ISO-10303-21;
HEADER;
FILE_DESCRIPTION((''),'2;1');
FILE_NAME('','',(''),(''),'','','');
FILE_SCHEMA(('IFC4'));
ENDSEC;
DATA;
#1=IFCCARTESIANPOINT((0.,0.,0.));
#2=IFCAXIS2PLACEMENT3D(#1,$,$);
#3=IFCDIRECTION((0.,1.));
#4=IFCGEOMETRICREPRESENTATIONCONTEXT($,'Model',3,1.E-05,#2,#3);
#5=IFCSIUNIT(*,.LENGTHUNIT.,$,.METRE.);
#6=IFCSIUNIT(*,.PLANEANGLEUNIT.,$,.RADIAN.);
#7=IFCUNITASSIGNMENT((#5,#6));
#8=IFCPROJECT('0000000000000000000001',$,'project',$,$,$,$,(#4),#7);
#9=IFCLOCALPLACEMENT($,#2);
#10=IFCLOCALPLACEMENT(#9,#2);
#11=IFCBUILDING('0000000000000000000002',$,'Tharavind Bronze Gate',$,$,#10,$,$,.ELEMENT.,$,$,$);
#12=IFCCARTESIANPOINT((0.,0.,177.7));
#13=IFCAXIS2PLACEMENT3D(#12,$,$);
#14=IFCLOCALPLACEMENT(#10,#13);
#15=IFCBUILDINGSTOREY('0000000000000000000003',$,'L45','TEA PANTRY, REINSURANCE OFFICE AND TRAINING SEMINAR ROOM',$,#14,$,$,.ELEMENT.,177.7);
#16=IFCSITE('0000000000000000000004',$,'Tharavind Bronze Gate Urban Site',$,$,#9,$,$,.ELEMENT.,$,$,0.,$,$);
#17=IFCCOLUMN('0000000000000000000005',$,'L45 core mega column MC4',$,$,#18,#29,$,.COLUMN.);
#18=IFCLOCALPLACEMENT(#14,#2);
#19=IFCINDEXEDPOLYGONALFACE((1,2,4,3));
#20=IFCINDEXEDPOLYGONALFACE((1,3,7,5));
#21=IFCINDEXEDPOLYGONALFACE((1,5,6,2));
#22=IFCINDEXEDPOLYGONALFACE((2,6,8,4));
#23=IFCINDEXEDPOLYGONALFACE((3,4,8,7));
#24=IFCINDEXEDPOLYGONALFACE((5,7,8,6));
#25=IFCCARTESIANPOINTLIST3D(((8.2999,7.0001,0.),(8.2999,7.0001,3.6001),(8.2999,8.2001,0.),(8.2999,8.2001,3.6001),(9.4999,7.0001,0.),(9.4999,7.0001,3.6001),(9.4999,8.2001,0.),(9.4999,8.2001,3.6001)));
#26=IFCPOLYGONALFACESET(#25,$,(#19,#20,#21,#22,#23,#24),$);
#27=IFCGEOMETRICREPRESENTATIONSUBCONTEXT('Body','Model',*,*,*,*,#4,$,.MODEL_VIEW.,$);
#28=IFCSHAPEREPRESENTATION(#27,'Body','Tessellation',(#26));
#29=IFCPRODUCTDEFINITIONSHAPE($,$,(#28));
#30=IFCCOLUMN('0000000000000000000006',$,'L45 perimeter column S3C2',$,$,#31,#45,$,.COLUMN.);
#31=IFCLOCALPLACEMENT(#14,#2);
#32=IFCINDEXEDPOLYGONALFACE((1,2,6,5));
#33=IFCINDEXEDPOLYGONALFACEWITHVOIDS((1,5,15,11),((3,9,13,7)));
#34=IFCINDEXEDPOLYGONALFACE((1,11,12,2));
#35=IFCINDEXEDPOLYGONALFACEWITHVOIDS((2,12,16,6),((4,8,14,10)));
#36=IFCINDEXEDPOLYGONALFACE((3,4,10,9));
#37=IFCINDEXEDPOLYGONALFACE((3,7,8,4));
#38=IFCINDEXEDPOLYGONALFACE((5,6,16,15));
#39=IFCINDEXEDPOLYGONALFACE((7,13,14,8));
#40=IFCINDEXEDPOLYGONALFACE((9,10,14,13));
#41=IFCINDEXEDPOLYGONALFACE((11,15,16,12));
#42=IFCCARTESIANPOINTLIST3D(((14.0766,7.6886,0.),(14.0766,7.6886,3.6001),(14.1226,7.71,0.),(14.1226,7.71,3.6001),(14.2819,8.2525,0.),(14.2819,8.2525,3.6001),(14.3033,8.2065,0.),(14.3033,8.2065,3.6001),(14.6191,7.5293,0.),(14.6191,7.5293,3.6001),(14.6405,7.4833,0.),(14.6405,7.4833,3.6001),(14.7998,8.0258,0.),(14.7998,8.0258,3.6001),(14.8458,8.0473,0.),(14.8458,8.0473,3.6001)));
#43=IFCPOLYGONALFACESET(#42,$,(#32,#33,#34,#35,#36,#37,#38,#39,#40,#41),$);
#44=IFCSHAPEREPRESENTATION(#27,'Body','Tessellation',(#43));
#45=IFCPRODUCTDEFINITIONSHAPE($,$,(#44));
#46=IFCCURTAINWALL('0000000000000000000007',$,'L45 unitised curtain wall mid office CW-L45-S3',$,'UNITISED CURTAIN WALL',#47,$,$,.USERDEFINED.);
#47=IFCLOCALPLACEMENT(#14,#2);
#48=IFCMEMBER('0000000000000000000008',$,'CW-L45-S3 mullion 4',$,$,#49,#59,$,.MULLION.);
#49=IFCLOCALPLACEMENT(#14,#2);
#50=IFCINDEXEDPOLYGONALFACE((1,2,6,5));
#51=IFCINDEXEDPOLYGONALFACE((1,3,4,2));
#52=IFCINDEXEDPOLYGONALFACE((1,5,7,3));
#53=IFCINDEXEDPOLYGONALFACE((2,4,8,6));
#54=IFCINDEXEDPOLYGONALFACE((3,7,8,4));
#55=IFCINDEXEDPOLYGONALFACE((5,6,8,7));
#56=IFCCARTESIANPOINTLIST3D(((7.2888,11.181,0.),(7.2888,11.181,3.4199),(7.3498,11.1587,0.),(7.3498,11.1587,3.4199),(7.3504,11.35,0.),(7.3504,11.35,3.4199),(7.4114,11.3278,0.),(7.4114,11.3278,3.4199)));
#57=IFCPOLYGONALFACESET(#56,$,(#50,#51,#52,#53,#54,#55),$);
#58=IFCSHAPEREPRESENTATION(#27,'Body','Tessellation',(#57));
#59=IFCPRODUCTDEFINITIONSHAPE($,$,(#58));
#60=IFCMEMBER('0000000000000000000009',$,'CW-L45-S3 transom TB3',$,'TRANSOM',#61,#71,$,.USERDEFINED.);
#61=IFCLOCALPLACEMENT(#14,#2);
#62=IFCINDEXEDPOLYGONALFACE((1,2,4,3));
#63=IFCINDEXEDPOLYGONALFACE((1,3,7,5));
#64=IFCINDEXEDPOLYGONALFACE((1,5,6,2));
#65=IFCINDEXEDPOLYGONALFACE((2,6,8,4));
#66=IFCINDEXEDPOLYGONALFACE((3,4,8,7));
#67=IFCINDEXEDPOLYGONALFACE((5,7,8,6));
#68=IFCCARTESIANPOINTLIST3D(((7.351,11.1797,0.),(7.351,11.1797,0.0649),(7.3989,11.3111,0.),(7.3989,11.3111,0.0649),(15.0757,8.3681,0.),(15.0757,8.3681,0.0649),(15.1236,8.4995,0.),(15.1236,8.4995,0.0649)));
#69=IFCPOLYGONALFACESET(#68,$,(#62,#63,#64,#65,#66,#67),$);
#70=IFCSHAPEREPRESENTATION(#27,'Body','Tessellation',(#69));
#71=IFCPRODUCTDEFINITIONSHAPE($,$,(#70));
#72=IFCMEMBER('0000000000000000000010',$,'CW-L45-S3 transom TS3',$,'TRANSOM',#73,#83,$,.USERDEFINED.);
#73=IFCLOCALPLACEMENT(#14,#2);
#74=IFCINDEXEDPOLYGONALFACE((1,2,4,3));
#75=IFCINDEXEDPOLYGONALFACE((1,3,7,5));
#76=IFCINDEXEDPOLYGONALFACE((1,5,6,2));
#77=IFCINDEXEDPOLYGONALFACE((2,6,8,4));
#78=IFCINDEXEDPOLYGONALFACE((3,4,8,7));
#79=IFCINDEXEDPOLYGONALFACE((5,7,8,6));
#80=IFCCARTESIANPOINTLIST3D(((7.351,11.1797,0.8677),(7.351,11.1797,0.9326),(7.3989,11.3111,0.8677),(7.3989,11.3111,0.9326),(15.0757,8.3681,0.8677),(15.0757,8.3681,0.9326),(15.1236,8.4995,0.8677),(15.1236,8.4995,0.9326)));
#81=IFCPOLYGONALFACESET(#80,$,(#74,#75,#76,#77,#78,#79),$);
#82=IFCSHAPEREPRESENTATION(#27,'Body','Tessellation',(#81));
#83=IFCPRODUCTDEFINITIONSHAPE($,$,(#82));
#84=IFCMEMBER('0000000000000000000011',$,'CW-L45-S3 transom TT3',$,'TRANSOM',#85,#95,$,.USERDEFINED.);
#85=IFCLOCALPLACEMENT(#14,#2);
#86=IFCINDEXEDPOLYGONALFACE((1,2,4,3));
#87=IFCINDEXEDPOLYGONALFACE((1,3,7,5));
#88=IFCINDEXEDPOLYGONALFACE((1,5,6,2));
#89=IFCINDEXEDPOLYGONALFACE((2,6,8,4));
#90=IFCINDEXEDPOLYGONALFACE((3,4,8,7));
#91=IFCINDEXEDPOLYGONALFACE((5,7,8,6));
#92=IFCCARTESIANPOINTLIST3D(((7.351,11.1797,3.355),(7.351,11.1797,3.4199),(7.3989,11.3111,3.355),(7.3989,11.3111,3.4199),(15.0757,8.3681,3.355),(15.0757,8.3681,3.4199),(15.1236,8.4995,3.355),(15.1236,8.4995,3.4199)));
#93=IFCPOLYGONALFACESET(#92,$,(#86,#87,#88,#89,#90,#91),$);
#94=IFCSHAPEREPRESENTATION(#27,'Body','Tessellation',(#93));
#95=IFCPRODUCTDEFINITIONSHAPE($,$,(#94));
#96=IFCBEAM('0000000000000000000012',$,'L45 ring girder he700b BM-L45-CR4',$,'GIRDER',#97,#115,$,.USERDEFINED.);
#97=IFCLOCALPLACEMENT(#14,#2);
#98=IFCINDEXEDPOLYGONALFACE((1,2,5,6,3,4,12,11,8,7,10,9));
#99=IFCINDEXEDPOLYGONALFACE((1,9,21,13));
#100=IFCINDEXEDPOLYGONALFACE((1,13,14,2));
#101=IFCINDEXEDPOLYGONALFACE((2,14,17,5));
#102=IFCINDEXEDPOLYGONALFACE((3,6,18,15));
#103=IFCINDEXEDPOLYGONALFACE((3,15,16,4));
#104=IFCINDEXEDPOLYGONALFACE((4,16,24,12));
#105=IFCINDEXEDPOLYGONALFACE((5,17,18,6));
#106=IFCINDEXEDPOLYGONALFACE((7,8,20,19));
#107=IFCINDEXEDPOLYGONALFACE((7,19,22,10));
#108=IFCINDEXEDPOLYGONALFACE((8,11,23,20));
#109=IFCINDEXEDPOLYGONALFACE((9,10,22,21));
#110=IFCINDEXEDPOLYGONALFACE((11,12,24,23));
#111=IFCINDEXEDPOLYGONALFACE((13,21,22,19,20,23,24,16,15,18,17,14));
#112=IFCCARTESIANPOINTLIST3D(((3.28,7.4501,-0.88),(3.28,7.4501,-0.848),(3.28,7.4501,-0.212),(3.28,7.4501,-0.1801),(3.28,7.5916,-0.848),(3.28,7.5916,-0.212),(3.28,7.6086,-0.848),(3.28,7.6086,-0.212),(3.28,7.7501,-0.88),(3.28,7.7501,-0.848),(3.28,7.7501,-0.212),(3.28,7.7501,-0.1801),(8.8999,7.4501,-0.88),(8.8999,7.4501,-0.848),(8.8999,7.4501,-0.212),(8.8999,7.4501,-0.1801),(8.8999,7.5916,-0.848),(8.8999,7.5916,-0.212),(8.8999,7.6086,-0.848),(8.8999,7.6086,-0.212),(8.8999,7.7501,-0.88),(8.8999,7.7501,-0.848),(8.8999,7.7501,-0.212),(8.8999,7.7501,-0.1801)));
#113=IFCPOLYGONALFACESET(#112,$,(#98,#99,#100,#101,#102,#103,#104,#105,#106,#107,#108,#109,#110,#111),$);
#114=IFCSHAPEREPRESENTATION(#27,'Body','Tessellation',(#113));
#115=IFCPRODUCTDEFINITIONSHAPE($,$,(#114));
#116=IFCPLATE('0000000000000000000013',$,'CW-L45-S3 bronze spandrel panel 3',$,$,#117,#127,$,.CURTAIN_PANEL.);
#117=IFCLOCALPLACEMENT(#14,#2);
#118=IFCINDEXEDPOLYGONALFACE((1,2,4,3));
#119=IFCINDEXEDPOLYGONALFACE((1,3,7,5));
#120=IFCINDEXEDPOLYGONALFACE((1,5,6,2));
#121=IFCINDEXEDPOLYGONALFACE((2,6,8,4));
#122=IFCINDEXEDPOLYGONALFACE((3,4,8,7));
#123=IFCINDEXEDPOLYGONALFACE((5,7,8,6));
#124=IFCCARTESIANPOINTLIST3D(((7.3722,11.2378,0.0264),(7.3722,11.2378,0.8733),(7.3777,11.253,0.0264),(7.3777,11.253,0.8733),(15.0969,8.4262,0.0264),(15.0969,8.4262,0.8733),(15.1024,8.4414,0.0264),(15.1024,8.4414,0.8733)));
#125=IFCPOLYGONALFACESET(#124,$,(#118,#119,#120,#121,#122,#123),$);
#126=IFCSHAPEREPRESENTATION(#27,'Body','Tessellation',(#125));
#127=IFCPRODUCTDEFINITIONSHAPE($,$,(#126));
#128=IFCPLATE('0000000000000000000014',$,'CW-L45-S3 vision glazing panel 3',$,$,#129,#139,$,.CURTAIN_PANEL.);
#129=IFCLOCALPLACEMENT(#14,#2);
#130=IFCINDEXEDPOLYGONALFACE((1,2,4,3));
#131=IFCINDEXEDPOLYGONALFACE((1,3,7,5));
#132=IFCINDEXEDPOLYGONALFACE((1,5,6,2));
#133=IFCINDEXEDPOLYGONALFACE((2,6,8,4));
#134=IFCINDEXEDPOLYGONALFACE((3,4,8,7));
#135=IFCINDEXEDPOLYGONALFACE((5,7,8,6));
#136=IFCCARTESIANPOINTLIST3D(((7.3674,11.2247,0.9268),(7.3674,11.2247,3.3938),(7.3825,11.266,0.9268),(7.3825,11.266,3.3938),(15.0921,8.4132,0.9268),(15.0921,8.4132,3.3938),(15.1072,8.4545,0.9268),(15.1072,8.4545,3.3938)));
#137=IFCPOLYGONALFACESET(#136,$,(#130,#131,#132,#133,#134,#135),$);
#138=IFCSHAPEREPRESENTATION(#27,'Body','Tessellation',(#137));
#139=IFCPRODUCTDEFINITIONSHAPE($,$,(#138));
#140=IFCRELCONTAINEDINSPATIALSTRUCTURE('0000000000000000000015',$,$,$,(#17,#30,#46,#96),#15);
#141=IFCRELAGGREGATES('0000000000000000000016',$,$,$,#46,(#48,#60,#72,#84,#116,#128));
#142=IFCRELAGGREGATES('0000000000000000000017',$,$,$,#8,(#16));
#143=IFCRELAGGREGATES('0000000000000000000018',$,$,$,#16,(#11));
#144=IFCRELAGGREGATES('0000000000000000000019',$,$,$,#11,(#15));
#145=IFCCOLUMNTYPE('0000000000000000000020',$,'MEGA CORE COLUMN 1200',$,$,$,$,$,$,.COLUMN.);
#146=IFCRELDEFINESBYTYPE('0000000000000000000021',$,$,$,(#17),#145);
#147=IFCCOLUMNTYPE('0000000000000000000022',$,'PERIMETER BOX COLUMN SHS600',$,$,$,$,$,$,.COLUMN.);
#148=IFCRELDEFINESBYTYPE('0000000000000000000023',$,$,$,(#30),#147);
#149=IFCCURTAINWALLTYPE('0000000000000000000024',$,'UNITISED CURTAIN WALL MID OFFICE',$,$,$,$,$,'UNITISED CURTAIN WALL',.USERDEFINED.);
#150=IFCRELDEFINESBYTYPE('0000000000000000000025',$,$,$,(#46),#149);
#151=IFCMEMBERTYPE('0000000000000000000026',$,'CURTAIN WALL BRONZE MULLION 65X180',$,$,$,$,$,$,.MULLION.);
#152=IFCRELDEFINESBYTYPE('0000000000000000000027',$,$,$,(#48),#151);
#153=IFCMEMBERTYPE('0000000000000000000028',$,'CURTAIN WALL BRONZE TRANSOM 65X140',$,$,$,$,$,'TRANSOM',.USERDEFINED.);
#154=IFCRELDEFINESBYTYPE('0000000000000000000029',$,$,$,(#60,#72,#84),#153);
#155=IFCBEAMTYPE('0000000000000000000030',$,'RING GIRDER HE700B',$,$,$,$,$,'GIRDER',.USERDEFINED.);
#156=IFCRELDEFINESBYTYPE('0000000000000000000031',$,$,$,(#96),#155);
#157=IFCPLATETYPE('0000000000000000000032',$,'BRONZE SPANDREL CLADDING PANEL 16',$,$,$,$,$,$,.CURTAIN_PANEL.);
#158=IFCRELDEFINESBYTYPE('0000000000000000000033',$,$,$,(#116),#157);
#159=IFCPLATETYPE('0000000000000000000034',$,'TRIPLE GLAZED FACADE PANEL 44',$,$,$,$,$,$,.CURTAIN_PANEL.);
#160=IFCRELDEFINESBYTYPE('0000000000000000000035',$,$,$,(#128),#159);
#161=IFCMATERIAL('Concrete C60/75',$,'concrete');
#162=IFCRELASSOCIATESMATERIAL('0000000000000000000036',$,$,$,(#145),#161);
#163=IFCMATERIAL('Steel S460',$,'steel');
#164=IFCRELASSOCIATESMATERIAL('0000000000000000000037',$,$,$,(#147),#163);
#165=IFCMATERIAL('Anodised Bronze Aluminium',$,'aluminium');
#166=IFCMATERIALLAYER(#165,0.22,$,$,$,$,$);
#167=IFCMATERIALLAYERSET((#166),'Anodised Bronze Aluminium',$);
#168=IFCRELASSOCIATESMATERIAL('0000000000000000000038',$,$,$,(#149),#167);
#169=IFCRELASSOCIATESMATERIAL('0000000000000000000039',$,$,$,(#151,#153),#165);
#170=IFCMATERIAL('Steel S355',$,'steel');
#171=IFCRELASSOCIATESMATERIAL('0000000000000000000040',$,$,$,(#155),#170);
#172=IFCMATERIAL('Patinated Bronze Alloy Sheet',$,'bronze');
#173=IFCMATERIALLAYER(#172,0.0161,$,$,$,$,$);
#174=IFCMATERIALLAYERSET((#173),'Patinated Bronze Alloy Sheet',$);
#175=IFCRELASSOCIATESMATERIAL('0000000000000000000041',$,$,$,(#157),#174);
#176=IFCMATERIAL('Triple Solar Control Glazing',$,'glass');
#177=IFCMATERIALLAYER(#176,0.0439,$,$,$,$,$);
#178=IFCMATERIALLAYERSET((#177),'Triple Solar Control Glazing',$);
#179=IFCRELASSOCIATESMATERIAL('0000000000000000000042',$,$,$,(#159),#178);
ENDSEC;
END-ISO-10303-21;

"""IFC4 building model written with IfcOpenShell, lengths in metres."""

from ifc_helpers import new_model, si_unit, direction, frame, origin, origin_2d, place, context, subcontext, project, spatial, rectangle, hollow_rectangle, i_section, extrude, material, layer, layer_set, material_profile, profile_set, type_object, element, aggregate, save


model = new_model("IFC4")

# Units and contexts
model_context = context("Model", 3, precision=1e-05, world=origin(), true_north=direction((0.0, 1.0)))
body_context = subcontext(model_context, "Body", "Model", "MODEL_VIEW")
ifc_project = project(units=[si_unit("LENGTHUNIT", "METRE"), si_unit("PLANEANGLEUNIT", "RADIAN")], contexts=[model_context])

# Site, building, storey
site_placement = place(None, origin())
site = spatial("IfcSite", under=ifc_project, at=site_placement, Name="Tharavind Bronze Gate Urban Site", CompositionType="ELEMENT", RefElevation=0.0)
building_placement = place(site_placement, origin())
building = spatial("IfcBuilding", under=site, at=building_placement, Name="Tharavind Bronze Gate", CompositionType="ELEMENT")
storey_placement = place(building_placement, frame((0.0, 0.0, 177.7)))
storey = spatial("IfcBuildingStorey", under=building, at=storey_placement, Name="L45", Description="TEA PANTRY, REINSURANCE OFFICE AND TRAINING SEMINAR ROOM", CompositionType="ELEMENT", Elevation=177.7)

# Columns
ifc_material_1 = material(Name="Concrete C60/75", Category="concrete")
ifc_material_profile_1 = material_profile(ifc_material_1, rectangle(XDim=1.2, YDim=1.2, at=origin_2d()), Name="RCCOL1200")
ifc_profile_set_1 = profile_set([ifc_material_profile_1], Name="Concrete C60/75")
column_type_1 = type_object("IfcColumnType", Name="MEGA CORE COLUMN 1200", PredefinedType="COLUMN", material=ifc_profile_set_1)
column_1_placement = place(storey_placement, frame((8.8999, 7.6001, 0.0), z_axis=(0.0, 0.0, 1.0), x_axis=(1.0, 0.0, 0.0)))
element("IfcColumn", 1, at=column_1_placement, inside=storey, type_object=column_type_1, Name="L45 core mega column MC4", PredefinedType="COLUMN", context=body_context, shape_type="SweptSolid", body=[
    extrude(rectangle(XDim=1.2, YDim=1.2, at=origin_2d()), origin(), (0.0, 0.0, 1.0), 3.6001),
])
ifc_material_2 = material(Name="Steel S460", Category="steel")
ifc_material_profile_2 = material_profile(ifc_material_2, hollow_rectangle(XDim=0.6001, YDim=0.6001, WallThickness=0.0359, at=origin_2d()), Name="SHS600X36")
ifc_profile_set_2 = profile_set([ifc_material_profile_2], Name="Steel S460")
column_type_2 = type_object("IfcColumnType", Name="PERIMETER BOX COLUMN SHS600", PredefinedType="COLUMN", material=ifc_profile_set_2)
column_2_placement = place(storey_placement, frame((14.4612, 7.8679, 0.0), z_axis=(0.0, 0.0, 1.0), x_axis=(-0.939692, 0.342022, 0.0)))
element("IfcColumn", 2, at=column_2_placement, inside=storey, type_object=column_type_2, Name="L45 perimeter column S3C2", PredefinedType="COLUMN", context=body_context, shape_type="SweptSolid", body=[
    extrude(hollow_rectangle(XDim=0.6001, YDim=0.6001, WallThickness=0.0359, at=origin_2d()), origin(), (0.0, 0.0, 1.0), 3.6001),
])

# Curtain wall, members
ifc_material_3 = material(Name="Anodised Bronze Aluminium", Category="aluminium")
ifc_layer_1 = layer(ifc_material_3, 0.22)
ifc_layer_set_1 = layer_set([ifc_layer_1], Name="Anodised Bronze Aluminium")
curtain_wall_type = type_object("IfcCurtainWallType", Name="UNITISED CURTAIN WALL MID OFFICE", ElementType="UNITISED CURTAIN WALL", PredefinedType="USERDEFINED", material=ifc_layer_set_1)
curtain_wall_placement = place(storey_placement, origin())
curtain_wall = element("IfcCurtainWall", 3, at=curtain_wall_placement, inside=storey, type_object=curtain_wall_type, Name="L45 unitised curtain wall mid office CW-L45-S3", ObjectType="UNITISED CURTAIN WALL", PredefinedType="USERDEFINED")
member_type_1 = type_object("IfcMemberType", Name="CURTAIN WALL BRONZE MULLION 65X180", PredefinedType="MULLION", material=ifc_material_3)
member_1_placement = place(storey_placement, frame((7.3501, 11.2544, 0.0), z_axis=(0.0, 0.0, 1.0), x_axis=(-0.939692, 0.342022, 0.0)))
member_1 = element("IfcMember", 4, at=member_1_placement, type_object=member_type_1, Name="CW-L45-S3 mullion 4", PredefinedType="MULLION", context=body_context, shape_type="SweptSolid", body=[
    extrude(rectangle(XDim=0.0649, YDim=0.1799, at=origin_2d()), origin(), (0.0, 0.0, 1.0), 3.4199),
])
member_type_2 = type_object("IfcMemberType", Name="CURTAIN WALL BRONZE TRANSOM 65X140", ElementType="TRANSOM", PredefinedType="USERDEFINED", material=ifc_material_3)
member_2_placement = place(storey_placement, frame((11.2373, 9.8396, 0.0), z_axis=(0.0, 0.0, 1.0), x_axis=(-0.939692, 0.342022, 0.0)))
member_2 = element("IfcMember", 5, at=member_2_placement, type_object=member_type_2, Name="CW-L45-S3 transom TB3", ObjectType="TRANSOM", PredefinedType="USERDEFINED", context=body_context, shape_type="SweptSolid", body=[
    extrude(rectangle(XDim=8.2205, YDim=0.1399, at=origin_2d()), origin(), (0.0, 0.0, 1.0), 0.0649),
])
member_3_placement = place(storey_placement, frame((11.2373, 9.8396, 0.8677), z_axis=(0.0, 0.0, 1.0), x_axis=(-0.939692, 0.342022, 0.0)))
member_3 = element("IfcMember", 6, at=member_3_placement, type_object=member_type_2, Name="CW-L45-S3 transom TS3", ObjectType="TRANSOM", PredefinedType="USERDEFINED", context=body_context, shape_type="SweptSolid", body=[
    extrude(rectangle(XDim=8.2205, YDim=0.1399, at=origin_2d()), origin(), (0.0, 0.0, 1.0), 0.0649),
])
member_4_placement = place(storey_placement, frame((11.2373, 9.8396, 3.355), z_axis=(0.0, 0.0, 1.0), x_axis=(-0.939692, 0.342022, 0.0)))
member_4 = element("IfcMember", 7, at=member_4_placement, type_object=member_type_2, Name="CW-L45-S3 transom TT3", ObjectType="TRANSOM", PredefinedType="USERDEFINED", context=body_context, shape_type="SweptSolid", body=[
    extrude(rectangle(XDim=8.2205, YDim=0.1399, at=origin_2d()), origin(), (0.0, 0.0, 1.0), 0.0649),
])

# Beam
ifc_material_4 = material(Name="Steel S355", Category="steel")
ifc_material_profile_3 = material_profile(ifc_material_4, i_section(OverallWidth=0.3, OverallDepth=0.7, WebThickness=0.0171, FlangeThickness=0.032, at=origin_2d()), Name="HE700B")
ifc_profile_set_3 = profile_set([ifc_material_profile_3], Name="Steel S355")
beam_type = type_object("IfcBeamType", Name="RING GIRDER HE700B", ElementType="GIRDER", PredefinedType="USERDEFINED", material=ifc_profile_set_3)
beam_placement = place(storey_placement, frame((8.8999, 7.6001, -0.53), z_axis=(-1.0, 0.0, 0.0), x_axis=(0.0, -1.0, 0.0)))
element("IfcBeam", 8, at=beam_placement, inside=storey, type_object=beam_type, Name="L45 ring girder he700b BM-L45-CR4", ObjectType="GIRDER", PredefinedType="USERDEFINED", context=body_context, shape_type="SweptSolid", body=[
    extrude(i_section(OverallWidth=0.3, OverallDepth=0.7, WebThickness=0.0171, FlangeThickness=0.032, at=origin_2d()), origin(), (0.0, 0.0, 1.0), 5.6199),
])

# Plates
ifc_material_5 = material(Name="Patinated Bronze Alloy Sheet", Category="bronze")
ifc_layer_2 = layer(ifc_material_5, 0.0161)
ifc_layer_set_2 = layer_set([ifc_layer_2], Name="Patinated Bronze Alloy Sheet")
plate_type_1 = type_object("IfcPlateType", Name="BRONZE SPANDREL CLADDING PANEL 16", PredefinedType="CURTAIN_PANEL", material=ifc_layer_set_2)
plate_1_placement = place(storey_placement, frame((11.2373, 9.8396, 0.0264), z_axis=(0.0, 0.0, 1.0), x_axis=(-0.939692, 0.342022, 0.0)))
plate_1 = element("IfcPlate", 9, at=plate_1_placement, type_object=plate_type_1, Name="CW-L45-S3 bronze spandrel panel 3", PredefinedType="CURTAIN_PANEL", context=body_context, shape_type="SweptSolid", body=[
    extrude(rectangle(XDim=8.2205, YDim=0.0161, at=origin_2d()), origin(), (0.0, 0.0, 1.0), 0.8469),
])
ifc_material_6 = material(Name="Triple Solar Control Glazing", Category="glass")
ifc_layer_3 = layer(ifc_material_6, 0.0439)
ifc_layer_set_3 = layer_set([ifc_layer_3], Name="Triple Solar Control Glazing")
plate_type_2 = type_object("IfcPlateType", Name="TRIPLE GLAZED FACADE PANEL 44", PredefinedType="CURTAIN_PANEL", material=ifc_layer_set_3)
plate_2_placement = place(storey_placement, frame((11.2373, 9.8396, 0.9268), z_axis=(0.0, 0.0, 1.0), x_axis=(-0.939692, 0.342022, 0.0)))
plate_2 = element("IfcPlate", 10, at=plate_2_placement, type_object=plate_type_2, Name="CW-L45-S3 vision glazing panel 3", PredefinedType="CURTAIN_PANEL", context=body_context, shape_type="SweptSolid", body=[
    extrude(rectangle(XDim=8.2205, YDim=0.0439, at=origin_2d()), origin(), (0.0, 0.0, 1.0), 2.467),
])
aggregate(curtain_wall, [member_1, member_2, member_3, member_4, plate_1, plate_2])

save(model, "model.ifc")
